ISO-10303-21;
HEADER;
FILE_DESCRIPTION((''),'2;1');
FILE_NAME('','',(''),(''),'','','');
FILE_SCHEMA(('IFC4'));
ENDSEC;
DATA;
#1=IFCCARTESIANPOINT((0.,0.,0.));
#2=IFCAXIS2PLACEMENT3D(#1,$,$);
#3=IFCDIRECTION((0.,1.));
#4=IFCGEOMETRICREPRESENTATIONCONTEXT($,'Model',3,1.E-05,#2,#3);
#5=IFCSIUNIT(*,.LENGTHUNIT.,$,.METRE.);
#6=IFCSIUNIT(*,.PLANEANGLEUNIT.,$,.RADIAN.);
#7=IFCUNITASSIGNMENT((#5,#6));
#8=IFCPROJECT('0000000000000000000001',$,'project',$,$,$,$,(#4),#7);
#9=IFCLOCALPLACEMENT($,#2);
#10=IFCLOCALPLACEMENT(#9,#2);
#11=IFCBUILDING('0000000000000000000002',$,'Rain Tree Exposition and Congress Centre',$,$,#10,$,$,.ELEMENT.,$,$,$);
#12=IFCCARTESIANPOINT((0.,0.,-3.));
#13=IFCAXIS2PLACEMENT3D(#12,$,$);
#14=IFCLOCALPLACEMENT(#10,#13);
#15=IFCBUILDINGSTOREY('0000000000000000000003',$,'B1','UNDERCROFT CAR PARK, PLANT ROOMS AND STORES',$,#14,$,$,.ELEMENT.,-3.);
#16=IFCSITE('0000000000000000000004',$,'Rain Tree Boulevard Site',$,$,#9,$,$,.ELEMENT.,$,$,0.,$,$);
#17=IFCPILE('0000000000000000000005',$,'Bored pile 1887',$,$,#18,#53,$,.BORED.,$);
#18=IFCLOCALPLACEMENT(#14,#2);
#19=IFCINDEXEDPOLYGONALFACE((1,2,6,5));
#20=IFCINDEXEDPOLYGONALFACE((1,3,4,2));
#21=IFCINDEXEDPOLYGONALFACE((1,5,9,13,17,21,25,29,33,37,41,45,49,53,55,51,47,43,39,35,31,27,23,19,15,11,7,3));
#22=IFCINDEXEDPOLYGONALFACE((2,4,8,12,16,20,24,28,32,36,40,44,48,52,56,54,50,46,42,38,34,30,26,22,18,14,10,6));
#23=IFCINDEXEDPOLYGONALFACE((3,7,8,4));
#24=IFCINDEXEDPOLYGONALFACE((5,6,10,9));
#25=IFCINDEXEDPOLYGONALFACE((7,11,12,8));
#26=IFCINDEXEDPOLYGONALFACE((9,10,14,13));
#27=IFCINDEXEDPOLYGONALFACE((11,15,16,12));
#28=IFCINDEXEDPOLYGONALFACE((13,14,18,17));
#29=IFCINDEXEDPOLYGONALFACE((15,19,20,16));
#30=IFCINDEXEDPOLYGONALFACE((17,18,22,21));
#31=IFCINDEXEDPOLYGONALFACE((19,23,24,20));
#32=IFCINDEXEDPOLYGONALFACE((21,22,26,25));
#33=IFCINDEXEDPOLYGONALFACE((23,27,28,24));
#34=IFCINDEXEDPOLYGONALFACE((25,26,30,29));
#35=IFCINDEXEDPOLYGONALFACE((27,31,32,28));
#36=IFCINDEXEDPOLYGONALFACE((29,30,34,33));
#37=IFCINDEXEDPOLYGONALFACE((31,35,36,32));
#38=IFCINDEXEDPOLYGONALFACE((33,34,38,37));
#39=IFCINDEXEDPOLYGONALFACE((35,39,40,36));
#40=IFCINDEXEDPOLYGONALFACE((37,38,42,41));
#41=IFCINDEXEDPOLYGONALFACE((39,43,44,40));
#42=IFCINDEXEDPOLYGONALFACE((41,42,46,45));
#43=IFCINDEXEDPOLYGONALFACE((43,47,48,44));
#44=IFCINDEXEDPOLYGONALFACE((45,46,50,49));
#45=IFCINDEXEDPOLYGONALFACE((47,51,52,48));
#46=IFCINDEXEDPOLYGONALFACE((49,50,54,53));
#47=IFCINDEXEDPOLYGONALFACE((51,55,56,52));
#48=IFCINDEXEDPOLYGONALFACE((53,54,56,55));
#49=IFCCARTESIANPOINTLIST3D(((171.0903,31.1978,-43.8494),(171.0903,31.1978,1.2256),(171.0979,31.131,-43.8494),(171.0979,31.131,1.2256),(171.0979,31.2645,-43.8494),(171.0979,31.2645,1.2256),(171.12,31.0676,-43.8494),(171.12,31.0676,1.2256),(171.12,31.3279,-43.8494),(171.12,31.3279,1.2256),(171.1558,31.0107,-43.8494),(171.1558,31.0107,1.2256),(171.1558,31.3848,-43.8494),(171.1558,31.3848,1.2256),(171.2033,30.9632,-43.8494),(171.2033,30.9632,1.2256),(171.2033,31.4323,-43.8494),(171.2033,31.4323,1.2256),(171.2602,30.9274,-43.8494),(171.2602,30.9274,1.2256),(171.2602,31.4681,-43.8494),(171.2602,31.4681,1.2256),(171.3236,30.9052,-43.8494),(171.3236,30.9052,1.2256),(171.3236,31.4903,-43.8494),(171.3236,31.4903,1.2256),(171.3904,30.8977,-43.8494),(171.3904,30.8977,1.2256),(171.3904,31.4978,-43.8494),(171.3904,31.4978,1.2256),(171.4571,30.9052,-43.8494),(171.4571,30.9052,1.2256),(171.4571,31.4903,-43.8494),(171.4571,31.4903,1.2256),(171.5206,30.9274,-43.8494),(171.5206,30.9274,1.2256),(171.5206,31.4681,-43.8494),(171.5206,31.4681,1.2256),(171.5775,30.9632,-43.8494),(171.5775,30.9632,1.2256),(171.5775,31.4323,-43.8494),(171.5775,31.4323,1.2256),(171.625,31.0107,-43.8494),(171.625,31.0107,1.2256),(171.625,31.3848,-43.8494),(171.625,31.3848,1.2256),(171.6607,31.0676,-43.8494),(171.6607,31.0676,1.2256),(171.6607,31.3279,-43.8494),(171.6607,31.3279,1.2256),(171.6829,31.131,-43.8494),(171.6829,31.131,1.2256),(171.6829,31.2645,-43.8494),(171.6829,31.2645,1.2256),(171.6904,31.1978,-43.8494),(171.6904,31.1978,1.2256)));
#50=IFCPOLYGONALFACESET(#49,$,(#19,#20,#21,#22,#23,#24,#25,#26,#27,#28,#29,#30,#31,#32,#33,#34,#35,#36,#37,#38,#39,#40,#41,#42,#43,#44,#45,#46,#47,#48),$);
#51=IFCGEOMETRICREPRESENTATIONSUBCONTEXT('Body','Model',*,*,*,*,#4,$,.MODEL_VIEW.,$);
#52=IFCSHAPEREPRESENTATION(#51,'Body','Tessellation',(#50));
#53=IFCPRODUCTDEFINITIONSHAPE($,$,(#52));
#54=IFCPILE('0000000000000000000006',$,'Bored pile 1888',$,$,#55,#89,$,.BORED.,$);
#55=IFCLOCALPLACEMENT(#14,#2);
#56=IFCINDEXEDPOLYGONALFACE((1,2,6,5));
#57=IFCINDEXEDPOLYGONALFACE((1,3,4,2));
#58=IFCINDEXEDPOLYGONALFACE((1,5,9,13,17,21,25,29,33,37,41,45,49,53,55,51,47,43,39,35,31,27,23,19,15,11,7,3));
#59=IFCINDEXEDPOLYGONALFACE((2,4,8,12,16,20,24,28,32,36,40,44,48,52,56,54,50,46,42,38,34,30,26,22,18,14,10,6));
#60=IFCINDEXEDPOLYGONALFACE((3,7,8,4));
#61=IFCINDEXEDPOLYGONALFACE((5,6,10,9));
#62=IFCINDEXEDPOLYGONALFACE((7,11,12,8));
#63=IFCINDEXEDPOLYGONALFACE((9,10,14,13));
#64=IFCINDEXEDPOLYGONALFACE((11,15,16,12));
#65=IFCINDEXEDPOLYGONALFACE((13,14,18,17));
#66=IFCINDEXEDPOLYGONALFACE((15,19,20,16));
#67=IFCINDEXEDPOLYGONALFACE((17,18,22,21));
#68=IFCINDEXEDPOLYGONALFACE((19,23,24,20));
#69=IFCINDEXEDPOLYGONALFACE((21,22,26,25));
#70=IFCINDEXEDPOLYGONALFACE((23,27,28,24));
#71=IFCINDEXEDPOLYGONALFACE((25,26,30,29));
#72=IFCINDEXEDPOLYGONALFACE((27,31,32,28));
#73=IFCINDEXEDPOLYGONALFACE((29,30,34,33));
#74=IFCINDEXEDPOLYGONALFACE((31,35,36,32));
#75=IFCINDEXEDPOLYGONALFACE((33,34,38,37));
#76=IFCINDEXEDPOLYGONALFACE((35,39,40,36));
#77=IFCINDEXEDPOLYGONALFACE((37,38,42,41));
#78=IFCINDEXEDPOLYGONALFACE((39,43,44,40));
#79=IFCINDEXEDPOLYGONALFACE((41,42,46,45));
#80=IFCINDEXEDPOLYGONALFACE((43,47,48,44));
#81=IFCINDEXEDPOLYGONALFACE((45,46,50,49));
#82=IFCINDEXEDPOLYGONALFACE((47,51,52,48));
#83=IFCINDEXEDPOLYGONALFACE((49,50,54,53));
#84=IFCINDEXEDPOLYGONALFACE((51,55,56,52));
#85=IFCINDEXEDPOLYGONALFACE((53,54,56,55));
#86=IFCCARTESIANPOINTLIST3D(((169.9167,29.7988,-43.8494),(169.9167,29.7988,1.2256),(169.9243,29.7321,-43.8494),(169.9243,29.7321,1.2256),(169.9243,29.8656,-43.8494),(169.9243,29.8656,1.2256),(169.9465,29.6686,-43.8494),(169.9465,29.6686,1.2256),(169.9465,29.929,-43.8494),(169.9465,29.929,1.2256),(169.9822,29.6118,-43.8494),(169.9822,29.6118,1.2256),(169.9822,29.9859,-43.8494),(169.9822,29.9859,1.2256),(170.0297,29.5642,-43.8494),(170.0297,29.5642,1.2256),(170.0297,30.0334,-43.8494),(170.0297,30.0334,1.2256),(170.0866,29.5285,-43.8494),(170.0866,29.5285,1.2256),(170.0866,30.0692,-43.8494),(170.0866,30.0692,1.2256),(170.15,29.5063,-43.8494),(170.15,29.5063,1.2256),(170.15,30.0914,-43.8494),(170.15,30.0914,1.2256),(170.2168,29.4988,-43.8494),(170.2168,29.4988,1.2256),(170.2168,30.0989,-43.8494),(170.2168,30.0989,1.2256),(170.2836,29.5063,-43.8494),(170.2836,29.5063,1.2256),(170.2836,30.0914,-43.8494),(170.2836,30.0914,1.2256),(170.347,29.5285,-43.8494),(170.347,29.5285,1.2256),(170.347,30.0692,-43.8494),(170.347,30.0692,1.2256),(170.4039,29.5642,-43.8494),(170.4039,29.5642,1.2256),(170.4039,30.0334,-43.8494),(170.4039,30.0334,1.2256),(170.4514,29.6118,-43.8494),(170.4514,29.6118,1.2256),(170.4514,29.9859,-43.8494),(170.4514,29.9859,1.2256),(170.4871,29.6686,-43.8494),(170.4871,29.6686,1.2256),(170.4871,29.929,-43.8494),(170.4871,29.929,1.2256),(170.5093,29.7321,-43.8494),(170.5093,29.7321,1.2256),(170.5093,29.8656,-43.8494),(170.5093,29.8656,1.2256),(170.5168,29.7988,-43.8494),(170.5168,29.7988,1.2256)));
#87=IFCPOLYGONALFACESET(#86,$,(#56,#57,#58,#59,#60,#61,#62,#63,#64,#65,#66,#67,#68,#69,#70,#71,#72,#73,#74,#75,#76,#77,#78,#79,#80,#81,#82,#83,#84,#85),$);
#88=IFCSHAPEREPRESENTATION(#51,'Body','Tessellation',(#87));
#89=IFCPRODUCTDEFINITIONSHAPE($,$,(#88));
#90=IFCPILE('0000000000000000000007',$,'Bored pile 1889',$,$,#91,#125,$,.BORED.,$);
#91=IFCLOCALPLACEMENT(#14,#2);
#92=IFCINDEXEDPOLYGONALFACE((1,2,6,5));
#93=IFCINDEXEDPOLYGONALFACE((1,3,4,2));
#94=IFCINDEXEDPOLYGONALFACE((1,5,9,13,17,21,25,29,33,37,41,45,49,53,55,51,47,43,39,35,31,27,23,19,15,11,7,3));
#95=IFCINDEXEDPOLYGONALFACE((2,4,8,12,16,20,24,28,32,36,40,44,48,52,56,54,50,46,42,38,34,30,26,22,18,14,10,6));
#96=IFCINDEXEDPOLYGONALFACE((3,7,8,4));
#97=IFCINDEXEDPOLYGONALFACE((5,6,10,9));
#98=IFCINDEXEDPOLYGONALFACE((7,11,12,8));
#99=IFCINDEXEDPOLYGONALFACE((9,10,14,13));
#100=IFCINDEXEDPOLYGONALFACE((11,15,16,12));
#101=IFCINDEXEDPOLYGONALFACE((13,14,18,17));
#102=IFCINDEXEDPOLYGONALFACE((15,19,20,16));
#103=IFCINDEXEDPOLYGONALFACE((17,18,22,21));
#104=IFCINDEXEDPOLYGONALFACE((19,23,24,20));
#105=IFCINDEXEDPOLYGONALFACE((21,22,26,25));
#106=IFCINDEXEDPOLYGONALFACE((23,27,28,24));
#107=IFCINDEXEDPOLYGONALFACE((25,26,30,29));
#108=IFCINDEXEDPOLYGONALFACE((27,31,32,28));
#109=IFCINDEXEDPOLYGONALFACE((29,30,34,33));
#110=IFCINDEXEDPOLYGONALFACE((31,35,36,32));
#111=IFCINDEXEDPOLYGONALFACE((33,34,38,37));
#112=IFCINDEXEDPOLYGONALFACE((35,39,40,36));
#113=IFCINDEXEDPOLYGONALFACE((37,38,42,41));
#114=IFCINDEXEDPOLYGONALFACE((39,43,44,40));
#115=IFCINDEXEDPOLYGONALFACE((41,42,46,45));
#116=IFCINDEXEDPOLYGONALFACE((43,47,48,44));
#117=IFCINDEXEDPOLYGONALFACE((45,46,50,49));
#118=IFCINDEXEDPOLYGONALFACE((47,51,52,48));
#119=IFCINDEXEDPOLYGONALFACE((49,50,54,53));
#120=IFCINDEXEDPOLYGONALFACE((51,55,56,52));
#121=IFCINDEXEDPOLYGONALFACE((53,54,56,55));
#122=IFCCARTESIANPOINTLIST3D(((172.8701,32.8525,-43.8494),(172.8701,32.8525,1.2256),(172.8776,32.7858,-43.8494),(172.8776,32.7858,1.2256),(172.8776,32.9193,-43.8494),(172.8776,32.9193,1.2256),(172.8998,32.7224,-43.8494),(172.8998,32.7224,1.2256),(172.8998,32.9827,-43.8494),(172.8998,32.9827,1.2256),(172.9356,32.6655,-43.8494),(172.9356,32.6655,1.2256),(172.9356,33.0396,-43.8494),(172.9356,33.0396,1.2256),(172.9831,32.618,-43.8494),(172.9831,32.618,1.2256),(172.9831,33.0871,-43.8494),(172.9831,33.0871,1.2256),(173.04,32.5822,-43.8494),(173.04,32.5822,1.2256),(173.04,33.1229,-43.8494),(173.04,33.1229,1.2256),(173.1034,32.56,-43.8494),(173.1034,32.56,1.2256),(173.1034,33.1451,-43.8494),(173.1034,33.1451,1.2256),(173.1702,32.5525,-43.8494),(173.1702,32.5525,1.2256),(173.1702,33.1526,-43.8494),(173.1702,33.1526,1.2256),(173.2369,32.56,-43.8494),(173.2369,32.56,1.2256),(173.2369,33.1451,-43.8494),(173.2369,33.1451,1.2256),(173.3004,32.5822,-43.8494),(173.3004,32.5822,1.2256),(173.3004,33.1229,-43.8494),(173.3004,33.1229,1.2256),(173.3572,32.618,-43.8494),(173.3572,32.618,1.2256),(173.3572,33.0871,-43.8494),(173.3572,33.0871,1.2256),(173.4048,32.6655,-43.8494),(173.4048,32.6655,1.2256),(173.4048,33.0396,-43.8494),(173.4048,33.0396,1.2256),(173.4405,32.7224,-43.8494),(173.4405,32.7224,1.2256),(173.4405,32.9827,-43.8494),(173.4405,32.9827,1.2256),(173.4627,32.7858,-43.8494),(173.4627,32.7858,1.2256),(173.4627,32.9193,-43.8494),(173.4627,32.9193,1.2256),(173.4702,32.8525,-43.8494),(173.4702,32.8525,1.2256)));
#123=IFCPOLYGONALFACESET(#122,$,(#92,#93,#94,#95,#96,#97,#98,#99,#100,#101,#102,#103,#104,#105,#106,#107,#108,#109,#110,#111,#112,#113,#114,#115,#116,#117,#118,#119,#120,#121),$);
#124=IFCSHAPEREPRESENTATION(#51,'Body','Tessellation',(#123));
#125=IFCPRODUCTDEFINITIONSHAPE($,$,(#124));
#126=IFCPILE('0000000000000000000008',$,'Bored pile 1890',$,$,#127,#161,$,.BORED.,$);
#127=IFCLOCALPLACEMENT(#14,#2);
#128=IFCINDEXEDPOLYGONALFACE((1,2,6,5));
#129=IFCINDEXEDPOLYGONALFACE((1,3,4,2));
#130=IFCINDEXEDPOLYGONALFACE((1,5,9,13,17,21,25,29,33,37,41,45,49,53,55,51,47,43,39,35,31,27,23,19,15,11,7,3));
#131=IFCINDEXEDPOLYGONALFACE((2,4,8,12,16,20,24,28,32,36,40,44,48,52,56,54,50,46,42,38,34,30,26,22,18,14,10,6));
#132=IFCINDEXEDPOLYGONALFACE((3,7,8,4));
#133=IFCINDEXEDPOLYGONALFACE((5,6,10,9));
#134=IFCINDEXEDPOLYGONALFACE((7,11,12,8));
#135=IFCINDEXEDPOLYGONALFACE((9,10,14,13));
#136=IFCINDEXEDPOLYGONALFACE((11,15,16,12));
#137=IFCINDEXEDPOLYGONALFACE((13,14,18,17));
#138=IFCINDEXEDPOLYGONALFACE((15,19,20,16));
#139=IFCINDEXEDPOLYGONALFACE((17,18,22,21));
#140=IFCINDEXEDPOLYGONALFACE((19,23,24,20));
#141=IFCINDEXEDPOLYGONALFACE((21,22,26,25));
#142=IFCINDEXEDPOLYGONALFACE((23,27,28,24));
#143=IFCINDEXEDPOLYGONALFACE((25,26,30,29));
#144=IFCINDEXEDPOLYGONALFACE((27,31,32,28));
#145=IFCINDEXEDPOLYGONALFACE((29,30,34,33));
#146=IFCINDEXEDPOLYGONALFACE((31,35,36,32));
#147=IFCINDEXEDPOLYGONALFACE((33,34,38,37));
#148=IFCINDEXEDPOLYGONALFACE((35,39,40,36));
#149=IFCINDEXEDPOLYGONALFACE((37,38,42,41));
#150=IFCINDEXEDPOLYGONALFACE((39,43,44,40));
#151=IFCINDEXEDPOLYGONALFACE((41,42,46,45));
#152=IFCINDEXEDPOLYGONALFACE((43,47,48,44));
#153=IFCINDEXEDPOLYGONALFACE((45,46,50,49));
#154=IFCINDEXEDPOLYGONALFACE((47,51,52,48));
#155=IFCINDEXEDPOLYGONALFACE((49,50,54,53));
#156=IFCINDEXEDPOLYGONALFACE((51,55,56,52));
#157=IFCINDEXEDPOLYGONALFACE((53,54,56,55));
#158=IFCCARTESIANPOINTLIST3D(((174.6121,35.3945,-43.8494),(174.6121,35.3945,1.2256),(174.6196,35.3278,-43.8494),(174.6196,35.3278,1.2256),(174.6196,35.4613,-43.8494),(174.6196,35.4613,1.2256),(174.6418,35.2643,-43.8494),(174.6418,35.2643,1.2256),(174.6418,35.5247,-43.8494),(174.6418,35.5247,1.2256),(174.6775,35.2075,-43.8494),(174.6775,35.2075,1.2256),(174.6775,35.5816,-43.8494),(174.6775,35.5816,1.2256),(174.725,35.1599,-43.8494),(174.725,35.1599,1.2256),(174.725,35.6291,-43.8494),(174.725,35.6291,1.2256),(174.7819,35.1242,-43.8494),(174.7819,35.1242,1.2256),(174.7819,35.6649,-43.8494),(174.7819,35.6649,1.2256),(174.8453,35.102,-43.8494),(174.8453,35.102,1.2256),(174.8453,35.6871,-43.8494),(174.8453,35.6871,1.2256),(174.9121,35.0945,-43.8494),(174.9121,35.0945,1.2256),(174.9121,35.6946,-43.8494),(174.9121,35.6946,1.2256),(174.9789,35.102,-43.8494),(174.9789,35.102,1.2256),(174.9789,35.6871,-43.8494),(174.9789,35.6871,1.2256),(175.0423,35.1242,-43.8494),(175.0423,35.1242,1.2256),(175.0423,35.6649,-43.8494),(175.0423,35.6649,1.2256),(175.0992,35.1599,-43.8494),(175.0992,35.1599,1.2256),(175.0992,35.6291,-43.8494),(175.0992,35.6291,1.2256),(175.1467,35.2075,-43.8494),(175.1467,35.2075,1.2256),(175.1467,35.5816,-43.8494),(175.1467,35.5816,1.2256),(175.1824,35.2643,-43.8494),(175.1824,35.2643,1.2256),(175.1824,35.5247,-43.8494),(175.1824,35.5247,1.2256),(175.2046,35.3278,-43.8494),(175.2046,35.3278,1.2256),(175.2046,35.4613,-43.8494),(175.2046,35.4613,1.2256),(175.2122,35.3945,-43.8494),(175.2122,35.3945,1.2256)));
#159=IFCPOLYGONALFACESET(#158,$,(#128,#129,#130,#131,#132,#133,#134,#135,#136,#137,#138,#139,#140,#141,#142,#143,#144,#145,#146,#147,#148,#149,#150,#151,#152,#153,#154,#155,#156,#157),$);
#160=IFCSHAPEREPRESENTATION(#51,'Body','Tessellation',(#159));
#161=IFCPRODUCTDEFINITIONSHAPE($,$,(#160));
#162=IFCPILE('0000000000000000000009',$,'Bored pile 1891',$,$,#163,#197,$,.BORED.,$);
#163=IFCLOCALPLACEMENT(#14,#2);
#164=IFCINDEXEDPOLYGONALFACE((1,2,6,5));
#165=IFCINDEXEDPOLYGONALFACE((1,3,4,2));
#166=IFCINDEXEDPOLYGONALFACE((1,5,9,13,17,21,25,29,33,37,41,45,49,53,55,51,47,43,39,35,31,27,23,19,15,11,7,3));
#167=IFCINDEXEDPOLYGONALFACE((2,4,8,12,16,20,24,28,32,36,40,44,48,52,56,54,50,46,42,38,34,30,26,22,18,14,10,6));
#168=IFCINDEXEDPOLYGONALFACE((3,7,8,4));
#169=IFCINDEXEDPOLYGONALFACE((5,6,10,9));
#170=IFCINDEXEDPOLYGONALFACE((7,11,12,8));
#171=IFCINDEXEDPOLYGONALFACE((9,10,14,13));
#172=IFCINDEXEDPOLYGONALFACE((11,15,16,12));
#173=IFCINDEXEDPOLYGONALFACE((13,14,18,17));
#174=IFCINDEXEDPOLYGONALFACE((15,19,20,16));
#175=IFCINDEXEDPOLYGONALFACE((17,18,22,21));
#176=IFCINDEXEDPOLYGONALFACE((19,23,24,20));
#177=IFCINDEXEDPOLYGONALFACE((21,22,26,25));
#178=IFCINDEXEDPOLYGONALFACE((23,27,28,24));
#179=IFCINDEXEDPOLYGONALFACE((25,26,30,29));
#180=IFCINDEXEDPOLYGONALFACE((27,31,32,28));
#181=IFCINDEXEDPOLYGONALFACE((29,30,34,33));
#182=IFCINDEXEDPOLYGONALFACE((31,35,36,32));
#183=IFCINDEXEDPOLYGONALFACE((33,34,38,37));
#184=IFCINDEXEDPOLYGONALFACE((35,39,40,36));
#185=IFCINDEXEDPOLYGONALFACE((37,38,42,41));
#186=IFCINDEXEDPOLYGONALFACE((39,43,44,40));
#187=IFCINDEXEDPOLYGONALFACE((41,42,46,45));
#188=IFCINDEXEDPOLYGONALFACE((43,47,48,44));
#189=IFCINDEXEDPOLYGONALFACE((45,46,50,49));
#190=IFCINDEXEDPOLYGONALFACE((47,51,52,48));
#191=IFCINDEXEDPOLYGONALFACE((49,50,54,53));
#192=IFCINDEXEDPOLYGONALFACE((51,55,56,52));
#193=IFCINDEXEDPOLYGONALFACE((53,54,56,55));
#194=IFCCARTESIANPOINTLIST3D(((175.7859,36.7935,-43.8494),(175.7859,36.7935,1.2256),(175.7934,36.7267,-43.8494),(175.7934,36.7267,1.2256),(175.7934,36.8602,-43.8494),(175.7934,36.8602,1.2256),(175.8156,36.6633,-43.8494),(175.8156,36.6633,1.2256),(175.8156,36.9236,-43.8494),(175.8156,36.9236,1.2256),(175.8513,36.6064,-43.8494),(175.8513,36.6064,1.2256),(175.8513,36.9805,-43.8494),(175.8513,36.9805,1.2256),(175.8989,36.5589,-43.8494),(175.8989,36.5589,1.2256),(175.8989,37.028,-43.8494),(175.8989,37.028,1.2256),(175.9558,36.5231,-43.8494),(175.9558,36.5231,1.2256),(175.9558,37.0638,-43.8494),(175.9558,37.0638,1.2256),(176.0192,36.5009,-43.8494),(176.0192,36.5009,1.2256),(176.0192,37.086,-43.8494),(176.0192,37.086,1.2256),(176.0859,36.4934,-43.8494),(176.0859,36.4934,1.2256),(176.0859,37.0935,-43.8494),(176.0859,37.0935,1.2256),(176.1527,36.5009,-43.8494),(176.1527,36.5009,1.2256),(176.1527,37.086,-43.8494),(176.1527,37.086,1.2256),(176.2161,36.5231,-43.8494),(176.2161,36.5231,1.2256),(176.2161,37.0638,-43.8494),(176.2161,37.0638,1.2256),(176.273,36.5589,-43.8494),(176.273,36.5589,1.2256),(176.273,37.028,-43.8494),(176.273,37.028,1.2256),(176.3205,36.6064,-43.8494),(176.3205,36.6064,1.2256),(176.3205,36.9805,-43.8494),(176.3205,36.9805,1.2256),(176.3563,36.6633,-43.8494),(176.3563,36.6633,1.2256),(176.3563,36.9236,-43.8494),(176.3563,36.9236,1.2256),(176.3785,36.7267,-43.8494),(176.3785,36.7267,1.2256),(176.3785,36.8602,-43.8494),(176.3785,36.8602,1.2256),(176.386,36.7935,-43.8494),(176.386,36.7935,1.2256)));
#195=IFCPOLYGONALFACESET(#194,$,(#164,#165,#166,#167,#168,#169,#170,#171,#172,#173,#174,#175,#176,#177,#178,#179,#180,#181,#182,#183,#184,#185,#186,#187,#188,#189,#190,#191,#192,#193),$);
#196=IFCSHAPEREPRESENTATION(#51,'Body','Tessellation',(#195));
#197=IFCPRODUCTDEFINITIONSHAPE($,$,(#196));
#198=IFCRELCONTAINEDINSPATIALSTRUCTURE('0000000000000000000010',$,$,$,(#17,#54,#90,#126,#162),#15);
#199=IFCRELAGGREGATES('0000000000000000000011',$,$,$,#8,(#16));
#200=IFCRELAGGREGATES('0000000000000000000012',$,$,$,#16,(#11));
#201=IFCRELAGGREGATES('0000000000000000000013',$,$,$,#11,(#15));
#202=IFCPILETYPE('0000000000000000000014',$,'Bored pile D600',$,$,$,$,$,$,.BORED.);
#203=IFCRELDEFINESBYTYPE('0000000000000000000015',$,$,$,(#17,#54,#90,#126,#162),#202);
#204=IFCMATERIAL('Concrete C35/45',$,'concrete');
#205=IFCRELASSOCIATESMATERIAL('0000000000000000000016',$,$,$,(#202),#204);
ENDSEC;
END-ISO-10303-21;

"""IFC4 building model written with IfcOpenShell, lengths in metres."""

from ifc_helpers import new_model, si_unit, direction, frame, origin, origin_2d, place, context, subcontext, project, spatial, circle, extrude, material, material_profile, profile_set, type_object, element, save


model = new_model("IFC4")

# Units and contexts
model_context = context("Model", 3, precision=1e-05, world=origin(), true_north=direction((0.0, 1.0)))
body_context = subcontext(model_context, "Body", "Model", "MODEL_VIEW")
ifc_project = project(units=[si_unit("LENGTHUNIT", "METRE"), si_unit("PLANEANGLEUNIT", "RADIAN")], contexts=[model_context])

# Site, building, storey
site_placement = place(None, origin())
site = spatial("IfcSite", under=ifc_project, at=site_placement, Name="Rain Tree Boulevard Site", CompositionType="ELEMENT", RefElevation=0.0)
building_placement = place(site_placement, origin())
building = spatial("IfcBuilding", under=site, at=building_placement, Name="Rain Tree Exposition and Congress Centre", CompositionType="ELEMENT")
storey_placement = place(building_placement, frame((0.0, 0.0, -3.0)))
storey = spatial("IfcBuildingStorey", under=building, at=storey_placement, Name="B1", Description="UNDERCROFT CAR PARK, PLANT ROOMS AND STORES", CompositionType="ELEMENT", Elevation=-3.0)

# Piles
ifc_material_1 = material(Name="Concrete C35/45", Category="concrete")
ifc_material_profile_1 = material_profile(ifc_material_1, circle(Radius=0.3, at=origin_2d()), Name="D600")
ifc_profile_set_1 = profile_set([ifc_material_profile_1], Name="Concrete C35/45")
pile_type_1 = type_object("IfcPileType", Name="Bored pile D600", PredefinedType="BORED", material=ifc_profile_set_1)
for number, where, z_axis, x_axis, name in (
    (1, (171.3904, 31.1978, 1.2256), (0.0, 0.0, -1.0), (1.0, 0.0, 0.0), "Bored pile 1887"),
    (2, (170.2168, 29.7988, 1.2256), (0.0, 0.0, -1.0), (1.0, 0.0, 0.0), "Bored pile 1888"),
    (3, (173.1702, 32.8525, 1.2256), (0.0, 0.0, -1.0), (1.0, 0.0, 0.0), "Bored pile 1889"),
    (4, (174.9121, 35.3945, 1.2256), (0.0, 0.0, -1.0), (1.0, 0.0, 0.0), "Bored pile 1890"),
    (5, (176.0859, 36.7935, 1.2256), (0.0, 0.0, -1.0), (1.0, 0.0, 0.0), "Bored pile 1891"),
):
    element("IfcPile", number, at=place(storey_placement, frame(where, z_axis=z_axis, x_axis=x_axis)), inside=storey, type_object=pile_type_1, Name=name, PredefinedType="BORED", context=body_context, shape_type="SweptSolid", body=[
        extrude(circle(Radius=0.3, at=origin_2d()), origin(), (0.0, 0.0, 1.0), 45.075),
    ])

save(model, "model.ifc")
